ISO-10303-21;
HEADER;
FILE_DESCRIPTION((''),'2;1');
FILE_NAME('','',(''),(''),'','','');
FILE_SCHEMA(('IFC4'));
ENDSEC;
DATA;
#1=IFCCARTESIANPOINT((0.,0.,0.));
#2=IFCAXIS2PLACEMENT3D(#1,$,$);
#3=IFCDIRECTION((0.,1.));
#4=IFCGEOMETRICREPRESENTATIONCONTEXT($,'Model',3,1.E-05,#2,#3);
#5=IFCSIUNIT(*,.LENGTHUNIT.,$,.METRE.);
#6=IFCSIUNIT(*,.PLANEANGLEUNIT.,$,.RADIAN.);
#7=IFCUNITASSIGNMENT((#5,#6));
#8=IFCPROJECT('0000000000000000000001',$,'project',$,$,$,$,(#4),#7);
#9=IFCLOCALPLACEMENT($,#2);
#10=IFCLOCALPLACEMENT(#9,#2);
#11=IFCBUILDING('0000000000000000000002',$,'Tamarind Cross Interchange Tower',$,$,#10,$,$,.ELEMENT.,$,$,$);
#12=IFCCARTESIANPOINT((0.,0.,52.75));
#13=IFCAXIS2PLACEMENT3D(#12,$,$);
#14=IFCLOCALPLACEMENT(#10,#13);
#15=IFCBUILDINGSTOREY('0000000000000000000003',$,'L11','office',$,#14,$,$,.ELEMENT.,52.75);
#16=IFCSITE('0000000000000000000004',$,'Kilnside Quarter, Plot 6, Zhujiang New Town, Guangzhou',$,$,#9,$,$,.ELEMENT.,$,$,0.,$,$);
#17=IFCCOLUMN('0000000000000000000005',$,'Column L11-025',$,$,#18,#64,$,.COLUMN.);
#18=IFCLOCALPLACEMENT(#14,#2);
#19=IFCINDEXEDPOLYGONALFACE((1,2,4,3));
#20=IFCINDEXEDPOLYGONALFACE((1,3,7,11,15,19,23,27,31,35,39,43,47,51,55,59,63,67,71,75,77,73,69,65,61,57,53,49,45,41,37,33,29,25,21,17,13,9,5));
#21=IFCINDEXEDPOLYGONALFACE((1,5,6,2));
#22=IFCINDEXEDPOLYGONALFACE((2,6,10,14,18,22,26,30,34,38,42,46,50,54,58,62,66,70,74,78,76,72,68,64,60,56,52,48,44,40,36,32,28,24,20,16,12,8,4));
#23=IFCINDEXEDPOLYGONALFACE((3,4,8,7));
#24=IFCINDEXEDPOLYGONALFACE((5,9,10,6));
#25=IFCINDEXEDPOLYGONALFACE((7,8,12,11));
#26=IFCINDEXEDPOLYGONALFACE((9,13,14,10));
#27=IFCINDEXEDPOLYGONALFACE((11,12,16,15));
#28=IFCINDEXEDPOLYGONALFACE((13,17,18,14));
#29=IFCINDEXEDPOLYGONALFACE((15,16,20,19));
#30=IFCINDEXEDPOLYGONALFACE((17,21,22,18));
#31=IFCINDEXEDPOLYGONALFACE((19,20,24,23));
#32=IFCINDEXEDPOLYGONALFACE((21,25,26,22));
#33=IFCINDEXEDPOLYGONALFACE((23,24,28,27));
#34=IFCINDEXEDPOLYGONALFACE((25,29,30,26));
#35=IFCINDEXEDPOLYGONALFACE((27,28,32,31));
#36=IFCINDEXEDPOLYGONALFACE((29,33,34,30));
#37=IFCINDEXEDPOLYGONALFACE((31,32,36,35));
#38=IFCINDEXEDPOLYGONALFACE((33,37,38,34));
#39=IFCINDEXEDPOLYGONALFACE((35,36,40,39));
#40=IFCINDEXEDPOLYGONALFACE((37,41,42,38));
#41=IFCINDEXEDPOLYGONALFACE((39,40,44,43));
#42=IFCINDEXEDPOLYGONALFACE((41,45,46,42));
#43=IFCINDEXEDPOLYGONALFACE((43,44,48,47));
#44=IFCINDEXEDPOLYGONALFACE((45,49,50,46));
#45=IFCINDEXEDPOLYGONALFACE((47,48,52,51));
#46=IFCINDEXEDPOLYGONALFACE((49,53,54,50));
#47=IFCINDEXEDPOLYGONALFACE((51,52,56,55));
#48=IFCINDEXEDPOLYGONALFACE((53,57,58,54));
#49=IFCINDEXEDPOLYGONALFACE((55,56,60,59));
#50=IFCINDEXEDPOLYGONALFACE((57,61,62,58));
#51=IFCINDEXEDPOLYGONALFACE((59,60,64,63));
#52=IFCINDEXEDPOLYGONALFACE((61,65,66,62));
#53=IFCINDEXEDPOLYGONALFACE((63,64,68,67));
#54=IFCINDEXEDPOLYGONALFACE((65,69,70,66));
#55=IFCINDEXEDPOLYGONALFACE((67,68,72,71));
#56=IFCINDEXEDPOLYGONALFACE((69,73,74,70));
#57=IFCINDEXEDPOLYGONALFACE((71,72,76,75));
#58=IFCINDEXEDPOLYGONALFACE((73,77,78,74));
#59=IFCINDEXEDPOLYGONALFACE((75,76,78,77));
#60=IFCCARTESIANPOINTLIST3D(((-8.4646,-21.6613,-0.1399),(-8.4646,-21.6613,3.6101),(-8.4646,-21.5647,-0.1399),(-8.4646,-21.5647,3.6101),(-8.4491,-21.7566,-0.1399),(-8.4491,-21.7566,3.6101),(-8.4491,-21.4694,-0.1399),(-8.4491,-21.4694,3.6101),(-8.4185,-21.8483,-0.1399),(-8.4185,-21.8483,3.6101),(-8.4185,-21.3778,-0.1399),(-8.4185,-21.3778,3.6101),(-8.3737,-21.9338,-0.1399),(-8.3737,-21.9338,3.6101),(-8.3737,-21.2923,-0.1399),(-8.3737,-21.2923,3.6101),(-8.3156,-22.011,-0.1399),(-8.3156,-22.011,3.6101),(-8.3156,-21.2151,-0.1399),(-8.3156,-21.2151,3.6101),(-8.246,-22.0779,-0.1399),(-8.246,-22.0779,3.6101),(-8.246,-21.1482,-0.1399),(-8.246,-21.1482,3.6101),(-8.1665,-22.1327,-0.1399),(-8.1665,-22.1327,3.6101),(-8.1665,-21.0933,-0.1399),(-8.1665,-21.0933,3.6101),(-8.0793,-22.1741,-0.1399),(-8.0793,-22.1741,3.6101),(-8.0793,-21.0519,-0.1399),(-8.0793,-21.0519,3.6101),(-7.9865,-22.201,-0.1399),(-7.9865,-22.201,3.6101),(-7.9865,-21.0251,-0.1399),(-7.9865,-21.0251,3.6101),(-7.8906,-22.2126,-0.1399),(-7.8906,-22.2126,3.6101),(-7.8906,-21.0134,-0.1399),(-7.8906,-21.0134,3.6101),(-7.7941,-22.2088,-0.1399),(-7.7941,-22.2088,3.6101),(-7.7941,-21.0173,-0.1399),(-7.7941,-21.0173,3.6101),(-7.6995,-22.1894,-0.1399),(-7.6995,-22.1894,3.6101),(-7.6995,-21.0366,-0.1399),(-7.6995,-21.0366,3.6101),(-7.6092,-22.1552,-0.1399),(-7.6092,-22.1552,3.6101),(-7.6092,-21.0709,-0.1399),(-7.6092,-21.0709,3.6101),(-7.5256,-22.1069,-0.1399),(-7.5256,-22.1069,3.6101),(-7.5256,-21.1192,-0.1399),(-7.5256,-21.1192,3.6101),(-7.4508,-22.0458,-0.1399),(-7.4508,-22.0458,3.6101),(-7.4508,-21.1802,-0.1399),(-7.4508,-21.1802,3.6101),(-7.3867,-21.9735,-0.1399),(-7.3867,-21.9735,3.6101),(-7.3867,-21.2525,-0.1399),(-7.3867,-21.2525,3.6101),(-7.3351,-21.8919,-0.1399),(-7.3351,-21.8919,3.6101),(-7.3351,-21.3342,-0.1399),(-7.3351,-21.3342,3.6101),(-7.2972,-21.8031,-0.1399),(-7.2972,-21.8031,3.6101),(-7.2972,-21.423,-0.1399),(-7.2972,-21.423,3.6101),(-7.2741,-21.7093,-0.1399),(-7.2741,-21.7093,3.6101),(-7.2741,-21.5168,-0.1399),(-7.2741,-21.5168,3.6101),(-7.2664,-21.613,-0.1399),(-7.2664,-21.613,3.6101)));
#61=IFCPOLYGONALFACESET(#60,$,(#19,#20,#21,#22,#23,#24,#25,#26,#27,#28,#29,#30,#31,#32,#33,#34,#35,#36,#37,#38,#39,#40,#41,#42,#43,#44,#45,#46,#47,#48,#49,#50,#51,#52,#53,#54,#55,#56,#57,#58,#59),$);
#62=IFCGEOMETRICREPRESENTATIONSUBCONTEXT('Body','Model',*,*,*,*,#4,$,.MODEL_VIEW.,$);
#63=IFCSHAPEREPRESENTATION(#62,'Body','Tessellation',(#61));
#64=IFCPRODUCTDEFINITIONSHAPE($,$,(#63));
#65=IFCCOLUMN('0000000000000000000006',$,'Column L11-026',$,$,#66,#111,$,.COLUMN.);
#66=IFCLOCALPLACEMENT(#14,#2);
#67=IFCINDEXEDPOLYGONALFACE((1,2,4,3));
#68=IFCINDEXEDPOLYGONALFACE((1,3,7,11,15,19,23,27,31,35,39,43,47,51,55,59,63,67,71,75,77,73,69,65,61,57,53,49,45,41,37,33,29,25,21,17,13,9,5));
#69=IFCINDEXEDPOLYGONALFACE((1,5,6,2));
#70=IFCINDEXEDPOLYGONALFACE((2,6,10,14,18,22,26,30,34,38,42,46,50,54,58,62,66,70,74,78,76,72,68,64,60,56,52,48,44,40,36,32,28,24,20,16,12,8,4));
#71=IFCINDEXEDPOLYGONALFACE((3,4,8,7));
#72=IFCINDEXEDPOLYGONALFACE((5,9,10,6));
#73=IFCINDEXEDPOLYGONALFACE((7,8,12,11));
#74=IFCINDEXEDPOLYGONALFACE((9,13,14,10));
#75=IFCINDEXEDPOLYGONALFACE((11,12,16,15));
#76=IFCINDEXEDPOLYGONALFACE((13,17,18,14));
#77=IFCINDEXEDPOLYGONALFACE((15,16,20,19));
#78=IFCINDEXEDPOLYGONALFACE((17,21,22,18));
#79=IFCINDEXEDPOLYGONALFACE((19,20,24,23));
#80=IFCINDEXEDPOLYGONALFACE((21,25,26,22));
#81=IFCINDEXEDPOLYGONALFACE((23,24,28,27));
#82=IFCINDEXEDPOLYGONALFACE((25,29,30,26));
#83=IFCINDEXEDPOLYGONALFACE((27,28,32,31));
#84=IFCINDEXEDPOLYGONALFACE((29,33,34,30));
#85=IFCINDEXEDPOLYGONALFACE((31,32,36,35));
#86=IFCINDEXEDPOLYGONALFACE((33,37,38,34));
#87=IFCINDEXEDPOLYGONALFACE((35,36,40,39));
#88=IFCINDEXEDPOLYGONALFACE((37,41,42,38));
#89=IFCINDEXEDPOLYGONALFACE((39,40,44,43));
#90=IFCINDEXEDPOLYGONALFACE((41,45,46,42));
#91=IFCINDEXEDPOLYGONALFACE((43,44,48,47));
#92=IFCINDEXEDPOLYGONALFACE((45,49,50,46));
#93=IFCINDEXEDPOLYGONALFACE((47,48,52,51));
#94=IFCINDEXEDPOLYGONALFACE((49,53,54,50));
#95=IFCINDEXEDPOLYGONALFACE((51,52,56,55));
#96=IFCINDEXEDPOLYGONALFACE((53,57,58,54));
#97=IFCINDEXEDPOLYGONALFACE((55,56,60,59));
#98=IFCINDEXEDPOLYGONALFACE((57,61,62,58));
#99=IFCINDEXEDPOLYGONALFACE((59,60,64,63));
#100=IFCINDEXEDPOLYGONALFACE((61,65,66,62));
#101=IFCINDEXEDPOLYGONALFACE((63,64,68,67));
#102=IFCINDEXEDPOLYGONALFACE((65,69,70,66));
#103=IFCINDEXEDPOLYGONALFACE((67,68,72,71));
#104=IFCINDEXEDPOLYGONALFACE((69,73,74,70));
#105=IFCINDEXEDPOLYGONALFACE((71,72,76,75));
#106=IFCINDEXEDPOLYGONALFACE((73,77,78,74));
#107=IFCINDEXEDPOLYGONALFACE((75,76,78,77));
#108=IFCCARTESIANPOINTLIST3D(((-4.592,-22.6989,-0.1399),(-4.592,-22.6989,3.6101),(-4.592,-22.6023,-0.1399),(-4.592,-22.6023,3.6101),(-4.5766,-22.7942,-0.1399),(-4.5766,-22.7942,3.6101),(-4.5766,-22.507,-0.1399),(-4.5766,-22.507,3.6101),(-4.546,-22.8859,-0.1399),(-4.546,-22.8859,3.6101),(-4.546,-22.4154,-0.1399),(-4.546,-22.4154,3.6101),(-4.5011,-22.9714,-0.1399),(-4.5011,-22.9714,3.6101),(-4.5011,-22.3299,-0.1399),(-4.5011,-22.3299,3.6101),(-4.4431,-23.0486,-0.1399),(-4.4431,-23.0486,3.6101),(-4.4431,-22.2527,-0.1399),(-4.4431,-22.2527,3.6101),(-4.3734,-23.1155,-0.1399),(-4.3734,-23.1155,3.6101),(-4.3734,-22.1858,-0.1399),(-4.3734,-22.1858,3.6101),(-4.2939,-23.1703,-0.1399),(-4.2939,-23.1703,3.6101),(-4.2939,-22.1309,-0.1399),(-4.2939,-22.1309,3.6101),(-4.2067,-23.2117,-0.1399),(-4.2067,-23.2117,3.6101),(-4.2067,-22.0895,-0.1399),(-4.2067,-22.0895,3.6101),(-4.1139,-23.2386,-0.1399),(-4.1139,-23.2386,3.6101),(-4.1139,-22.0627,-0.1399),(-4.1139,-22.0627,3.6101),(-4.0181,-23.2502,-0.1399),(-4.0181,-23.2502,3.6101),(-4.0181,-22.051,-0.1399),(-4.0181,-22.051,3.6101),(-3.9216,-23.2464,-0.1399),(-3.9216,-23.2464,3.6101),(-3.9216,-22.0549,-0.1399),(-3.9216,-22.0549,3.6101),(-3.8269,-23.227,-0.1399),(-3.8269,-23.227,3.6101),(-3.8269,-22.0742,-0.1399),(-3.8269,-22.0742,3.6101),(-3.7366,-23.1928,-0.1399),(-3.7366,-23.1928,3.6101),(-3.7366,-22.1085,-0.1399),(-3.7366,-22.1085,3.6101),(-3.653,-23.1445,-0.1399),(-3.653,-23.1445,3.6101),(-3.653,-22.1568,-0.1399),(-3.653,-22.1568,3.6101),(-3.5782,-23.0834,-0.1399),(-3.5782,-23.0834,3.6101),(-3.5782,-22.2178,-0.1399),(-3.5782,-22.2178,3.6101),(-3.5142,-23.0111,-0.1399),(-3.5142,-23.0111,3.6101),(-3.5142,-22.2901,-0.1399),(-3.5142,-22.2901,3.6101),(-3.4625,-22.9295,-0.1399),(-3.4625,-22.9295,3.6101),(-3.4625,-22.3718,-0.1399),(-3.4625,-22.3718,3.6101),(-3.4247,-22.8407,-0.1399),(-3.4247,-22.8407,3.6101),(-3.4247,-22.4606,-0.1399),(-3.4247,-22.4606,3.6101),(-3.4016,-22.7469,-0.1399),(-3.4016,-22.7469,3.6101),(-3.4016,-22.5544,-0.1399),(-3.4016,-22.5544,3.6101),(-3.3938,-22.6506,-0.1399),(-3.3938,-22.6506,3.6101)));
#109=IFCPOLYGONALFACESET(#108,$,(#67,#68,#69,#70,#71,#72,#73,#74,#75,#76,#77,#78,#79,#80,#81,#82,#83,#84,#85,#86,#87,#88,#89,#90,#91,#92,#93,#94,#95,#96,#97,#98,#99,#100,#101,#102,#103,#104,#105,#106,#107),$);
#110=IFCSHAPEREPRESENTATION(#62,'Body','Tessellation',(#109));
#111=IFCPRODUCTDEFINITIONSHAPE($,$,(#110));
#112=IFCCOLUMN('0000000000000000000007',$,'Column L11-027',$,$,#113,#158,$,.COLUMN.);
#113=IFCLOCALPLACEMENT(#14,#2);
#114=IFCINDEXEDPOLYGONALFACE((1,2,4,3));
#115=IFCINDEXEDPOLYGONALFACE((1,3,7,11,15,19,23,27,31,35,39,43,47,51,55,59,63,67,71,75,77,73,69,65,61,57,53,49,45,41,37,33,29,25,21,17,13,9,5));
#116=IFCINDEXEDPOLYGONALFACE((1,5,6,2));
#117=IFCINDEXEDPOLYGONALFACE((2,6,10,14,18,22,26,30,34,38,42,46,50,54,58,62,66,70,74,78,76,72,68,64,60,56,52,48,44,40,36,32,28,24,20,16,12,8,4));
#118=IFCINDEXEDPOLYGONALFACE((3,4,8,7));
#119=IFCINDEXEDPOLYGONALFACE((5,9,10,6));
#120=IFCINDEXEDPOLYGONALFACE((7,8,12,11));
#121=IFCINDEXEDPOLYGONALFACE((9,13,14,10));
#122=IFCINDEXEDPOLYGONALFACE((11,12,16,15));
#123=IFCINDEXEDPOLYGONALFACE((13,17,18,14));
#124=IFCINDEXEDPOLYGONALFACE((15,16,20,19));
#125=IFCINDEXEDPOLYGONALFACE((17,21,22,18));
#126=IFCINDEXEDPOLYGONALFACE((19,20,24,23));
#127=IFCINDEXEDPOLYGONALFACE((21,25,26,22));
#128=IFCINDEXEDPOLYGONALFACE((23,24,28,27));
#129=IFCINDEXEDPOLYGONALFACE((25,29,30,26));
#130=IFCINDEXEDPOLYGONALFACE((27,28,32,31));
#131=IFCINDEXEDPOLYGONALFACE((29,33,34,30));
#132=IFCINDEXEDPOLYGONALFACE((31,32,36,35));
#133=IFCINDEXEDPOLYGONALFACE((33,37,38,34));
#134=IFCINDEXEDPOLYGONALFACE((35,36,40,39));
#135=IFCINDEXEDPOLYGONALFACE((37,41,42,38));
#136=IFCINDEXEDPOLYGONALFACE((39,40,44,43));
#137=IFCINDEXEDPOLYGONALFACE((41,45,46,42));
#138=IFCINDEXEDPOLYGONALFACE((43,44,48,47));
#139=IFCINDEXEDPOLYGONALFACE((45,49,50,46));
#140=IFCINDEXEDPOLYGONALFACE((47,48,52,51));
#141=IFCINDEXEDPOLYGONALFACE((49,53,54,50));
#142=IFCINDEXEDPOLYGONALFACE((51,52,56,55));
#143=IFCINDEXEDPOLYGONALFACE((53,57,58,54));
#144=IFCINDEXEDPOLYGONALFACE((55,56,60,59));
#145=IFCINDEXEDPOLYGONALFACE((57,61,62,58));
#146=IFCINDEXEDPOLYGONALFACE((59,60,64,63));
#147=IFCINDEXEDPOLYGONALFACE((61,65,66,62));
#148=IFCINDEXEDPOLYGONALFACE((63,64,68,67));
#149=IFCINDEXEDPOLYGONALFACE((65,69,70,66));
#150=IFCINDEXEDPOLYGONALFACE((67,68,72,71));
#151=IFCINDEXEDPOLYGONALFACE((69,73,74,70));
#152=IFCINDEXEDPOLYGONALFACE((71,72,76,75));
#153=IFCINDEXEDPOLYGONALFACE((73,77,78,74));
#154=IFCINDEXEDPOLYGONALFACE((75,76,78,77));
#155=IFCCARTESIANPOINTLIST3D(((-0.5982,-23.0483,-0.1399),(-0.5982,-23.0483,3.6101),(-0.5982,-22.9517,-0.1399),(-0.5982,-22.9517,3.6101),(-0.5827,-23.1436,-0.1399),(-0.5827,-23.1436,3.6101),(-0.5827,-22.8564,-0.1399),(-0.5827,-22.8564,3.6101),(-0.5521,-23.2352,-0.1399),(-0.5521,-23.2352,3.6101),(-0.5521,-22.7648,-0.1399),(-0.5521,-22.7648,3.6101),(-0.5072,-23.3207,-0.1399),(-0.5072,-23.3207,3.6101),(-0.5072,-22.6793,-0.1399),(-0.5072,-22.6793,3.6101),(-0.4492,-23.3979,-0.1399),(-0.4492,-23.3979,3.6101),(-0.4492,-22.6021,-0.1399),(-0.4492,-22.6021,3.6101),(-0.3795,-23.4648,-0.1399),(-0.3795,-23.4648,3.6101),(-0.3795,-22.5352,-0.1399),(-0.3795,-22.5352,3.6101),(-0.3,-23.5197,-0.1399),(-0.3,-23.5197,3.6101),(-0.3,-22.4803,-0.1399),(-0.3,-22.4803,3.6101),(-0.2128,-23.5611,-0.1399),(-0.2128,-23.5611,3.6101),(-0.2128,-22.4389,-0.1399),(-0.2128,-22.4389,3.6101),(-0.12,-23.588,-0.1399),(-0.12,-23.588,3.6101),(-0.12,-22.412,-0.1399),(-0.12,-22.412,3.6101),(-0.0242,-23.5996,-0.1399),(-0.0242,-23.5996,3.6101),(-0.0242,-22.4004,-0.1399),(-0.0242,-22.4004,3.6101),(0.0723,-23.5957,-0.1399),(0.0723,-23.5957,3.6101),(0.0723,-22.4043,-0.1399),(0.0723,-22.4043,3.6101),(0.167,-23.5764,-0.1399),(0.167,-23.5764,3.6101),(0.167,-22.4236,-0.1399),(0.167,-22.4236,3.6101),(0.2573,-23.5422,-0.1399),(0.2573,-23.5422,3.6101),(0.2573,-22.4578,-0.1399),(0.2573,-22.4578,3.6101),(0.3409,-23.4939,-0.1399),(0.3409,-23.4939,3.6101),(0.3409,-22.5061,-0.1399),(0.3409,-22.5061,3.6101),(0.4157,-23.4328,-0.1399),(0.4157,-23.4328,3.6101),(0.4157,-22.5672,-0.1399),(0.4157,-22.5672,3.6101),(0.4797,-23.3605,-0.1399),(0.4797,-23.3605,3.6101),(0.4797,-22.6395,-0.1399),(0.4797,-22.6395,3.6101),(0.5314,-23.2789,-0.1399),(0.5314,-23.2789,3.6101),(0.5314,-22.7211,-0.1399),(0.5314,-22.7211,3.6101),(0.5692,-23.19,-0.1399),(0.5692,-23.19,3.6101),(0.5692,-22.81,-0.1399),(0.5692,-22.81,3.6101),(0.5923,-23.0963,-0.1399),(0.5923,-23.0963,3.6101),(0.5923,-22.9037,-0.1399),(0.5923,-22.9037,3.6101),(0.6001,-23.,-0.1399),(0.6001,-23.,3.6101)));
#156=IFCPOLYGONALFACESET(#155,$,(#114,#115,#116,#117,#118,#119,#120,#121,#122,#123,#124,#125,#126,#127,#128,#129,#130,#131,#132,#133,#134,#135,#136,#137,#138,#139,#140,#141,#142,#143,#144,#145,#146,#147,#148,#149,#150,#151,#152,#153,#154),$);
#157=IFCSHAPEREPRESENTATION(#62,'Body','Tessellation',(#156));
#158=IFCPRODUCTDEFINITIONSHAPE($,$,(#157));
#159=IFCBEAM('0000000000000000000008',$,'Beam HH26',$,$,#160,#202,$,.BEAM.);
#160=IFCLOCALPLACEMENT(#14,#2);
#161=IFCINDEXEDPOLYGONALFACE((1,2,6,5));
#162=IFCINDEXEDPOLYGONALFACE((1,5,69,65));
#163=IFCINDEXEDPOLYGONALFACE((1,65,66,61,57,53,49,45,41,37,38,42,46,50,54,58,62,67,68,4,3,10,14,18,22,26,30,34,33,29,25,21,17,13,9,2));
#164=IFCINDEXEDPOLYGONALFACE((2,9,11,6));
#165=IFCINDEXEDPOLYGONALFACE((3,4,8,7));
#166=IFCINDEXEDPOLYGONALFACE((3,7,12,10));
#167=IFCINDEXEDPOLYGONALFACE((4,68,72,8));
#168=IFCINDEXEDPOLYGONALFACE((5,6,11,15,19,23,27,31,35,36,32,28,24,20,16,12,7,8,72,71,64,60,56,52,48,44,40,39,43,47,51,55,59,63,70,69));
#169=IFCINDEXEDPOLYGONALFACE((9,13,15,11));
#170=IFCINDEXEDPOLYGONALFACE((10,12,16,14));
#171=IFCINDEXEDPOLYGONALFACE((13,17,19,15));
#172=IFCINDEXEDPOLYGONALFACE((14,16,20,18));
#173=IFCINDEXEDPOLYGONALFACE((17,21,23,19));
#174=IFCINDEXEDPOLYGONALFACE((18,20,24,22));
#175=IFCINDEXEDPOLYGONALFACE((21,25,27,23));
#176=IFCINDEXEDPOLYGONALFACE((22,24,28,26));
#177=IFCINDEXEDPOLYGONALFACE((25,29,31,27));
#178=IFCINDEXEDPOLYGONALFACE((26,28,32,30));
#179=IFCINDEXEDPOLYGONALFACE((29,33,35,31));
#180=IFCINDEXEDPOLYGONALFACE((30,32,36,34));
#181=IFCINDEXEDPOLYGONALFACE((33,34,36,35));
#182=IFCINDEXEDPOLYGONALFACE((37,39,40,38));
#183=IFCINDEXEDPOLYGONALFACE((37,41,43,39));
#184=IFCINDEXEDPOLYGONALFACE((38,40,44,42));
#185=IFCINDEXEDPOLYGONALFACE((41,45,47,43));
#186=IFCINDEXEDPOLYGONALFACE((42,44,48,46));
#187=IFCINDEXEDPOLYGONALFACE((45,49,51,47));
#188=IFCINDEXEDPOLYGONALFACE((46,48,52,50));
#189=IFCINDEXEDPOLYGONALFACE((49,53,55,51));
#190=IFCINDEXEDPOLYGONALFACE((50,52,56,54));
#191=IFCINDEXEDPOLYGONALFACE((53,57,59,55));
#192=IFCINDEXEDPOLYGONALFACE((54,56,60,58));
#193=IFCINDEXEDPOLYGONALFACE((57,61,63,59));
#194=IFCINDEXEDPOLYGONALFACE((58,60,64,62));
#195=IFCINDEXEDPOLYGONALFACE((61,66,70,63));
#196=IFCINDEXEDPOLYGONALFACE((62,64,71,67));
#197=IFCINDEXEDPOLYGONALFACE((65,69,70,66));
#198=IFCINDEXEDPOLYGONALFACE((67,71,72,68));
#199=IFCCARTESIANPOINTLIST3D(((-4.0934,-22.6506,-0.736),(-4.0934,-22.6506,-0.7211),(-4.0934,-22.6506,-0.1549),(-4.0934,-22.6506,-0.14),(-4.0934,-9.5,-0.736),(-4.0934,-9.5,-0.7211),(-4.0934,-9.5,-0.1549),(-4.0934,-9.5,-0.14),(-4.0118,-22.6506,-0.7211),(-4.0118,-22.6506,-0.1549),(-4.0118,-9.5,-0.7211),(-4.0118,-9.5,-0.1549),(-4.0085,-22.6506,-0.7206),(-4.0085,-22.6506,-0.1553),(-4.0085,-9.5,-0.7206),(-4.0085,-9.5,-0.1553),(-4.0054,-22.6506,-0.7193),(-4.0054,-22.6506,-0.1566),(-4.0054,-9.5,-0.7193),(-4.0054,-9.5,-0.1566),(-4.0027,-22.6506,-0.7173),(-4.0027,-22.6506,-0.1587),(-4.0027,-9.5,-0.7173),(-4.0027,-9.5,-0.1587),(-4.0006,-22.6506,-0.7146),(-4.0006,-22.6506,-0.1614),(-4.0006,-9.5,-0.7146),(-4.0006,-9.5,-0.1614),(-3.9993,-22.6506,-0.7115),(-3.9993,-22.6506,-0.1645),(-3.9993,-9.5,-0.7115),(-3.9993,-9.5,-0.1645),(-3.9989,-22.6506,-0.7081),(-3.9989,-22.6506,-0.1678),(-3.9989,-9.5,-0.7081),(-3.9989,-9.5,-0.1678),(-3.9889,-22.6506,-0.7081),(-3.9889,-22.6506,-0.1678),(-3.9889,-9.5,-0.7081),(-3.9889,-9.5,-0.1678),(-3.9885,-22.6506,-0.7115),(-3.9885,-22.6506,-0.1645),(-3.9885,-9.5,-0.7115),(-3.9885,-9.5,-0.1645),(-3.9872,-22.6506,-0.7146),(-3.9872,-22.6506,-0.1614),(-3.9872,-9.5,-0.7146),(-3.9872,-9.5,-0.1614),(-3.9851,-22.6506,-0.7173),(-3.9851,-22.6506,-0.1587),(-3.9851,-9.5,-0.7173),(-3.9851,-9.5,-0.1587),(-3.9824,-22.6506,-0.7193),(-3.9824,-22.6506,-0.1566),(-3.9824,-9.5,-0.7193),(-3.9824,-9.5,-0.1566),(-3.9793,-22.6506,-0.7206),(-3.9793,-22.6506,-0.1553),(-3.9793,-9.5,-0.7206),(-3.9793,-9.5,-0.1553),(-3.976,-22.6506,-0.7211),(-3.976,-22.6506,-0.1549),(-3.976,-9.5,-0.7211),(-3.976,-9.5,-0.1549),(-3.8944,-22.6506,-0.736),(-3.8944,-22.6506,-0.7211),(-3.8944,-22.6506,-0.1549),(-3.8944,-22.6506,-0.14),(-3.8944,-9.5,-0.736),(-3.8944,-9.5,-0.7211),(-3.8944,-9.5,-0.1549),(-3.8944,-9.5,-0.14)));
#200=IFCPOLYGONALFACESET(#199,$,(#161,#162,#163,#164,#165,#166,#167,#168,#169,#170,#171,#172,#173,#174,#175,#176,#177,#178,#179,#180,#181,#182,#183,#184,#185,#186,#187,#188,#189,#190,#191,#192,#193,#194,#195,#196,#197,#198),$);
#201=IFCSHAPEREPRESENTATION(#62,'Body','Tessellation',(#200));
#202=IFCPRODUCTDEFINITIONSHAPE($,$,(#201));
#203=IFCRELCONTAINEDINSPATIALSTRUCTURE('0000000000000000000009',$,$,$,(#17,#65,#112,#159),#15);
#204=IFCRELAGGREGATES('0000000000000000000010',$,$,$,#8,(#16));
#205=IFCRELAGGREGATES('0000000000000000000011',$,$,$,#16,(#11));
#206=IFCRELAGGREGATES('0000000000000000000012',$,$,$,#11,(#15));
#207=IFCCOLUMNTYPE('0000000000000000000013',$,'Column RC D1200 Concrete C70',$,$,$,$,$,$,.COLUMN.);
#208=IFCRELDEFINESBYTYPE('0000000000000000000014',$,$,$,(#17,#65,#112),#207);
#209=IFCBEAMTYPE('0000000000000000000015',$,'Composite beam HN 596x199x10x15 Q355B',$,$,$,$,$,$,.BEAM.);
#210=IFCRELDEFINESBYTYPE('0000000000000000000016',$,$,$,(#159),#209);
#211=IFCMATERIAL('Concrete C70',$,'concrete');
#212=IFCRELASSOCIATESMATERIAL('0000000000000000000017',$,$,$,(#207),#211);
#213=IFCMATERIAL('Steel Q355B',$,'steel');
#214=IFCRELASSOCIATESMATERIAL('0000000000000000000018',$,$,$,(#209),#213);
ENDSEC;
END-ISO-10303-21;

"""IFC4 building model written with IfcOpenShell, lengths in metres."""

from ifc_helpers import new_model, si_unit, direction, frame, origin, origin_2d, place, context, subcontext, project, spatial, circle, i_section, extrude, material, material_profile, profile_set, type_object, element, save


model = new_model("IFC4")

# Units and contexts
model_context = context("Model", 3, precision=1e-05, world=origin(), true_north=direction((0.0, 1.0)))
body_context = subcontext(model_context, "Body", "Model", "MODEL_VIEW")
ifc_project = project(units=[si_unit("LENGTHUNIT", "METRE"), si_unit("PLANEANGLEUNIT", "RADIAN")], contexts=[model_context])

# Site, building, storey
site_placement = place(None, origin())
site = spatial("IfcSite", under=ifc_project, at=site_placement, Name="Kilnside Quarter, Plot 6, Zhujiang New Town, Guangzhou", CompositionType="ELEMENT", RefElevation=0.0)
building_placement = place(site_placement, origin())
building = spatial("IfcBuilding", under=site, at=building_placement, Name="Tamarind Cross Interchange Tower", CompositionType="ELEMENT")
storey_placement = place(building_placement, frame((0.0, 0.0, 52.75)))
storey = spatial("IfcBuildingStorey", under=building, at=storey_placement, Name="L11", Description="office", CompositionType="ELEMENT", Elevation=52.75)

# Columns
ifc_material_1 = material(Name="Concrete C70", Category="concrete")
ifc_material_profile_1 = material_profile(ifc_material_1, circle(Radius=0.6001, at=origin_2d()), Name="RC D1200")
ifc_profile_set_1 = profile_set([ifc_material_profile_1], Name="Concrete C70")
column_type = type_object("IfcColumnType", Name="Column RC D1200 Concrete C70", PredefinedType="COLUMN", material=ifc_profile_set_1)
for number, where, z_axis, x_axis, name in (
    (1, (-7.8665, -21.613, -0.1399), (0.0, 0.0, 1.0), (1.0, 0.0, 0.0), "Column L11-025"),
    (2, (-3.9939, -22.6506, -0.1399), (0.0, 0.0, 1.0), (1.0, 0.0, 0.0), "Column L11-026"),
    (3, (0.0, -23.0, -0.1399), (0.0, 0.0, 1.0), (1.0, 0.0, 0.0), "Column L11-027"),
):
    element("IfcColumn", number, at=place(storey_placement, frame(where, z_axis=z_axis, x_axis=x_axis)), inside=storey, type_object=column_type, Name=name, PredefinedType="COLUMN", context=body_context, shape_type="SweptSolid", body=[
        extrude(circle(Radius=0.6001, at=origin_2d()), origin(), (0.0, 0.0, 1.0), 3.75),
    ])

# Beam
ifc_material_2 = material(Name="Steel Q355B", Category="steel")
ifc_material_profile_2 = material_profile(ifc_material_2, i_section(OverallWidth=0.199, OverallDepth=0.5959, WebThickness=0.01, FlangeThickness=0.0149, FilletRadius=0.0129, at=origin_2d()), Name="HN 596x199x10x15")
ifc_profile_set_2 = profile_set([ifc_material_profile_2], Name="Steel Q355B")
beam_type_1 = type_object("IfcBeamType", Name="Composite beam HN 596x199x10x15 Q355B", PredefinedType="BEAM", material=ifc_profile_set_2)
beam_1_placement = place(storey_placement, frame((-3.9939, -22.6506, -0.438), z_axis=(0.0, 1.0, 0.0), x_axis=(-1.0, 0.0, 0.0)))
element("IfcBeam", 4, at=beam_1_placement, inside=storey, type_object=beam_type_1, Name="Beam HH26", PredefinedType="BEAM", context=body_context, shape_type="SweptSolid", body=[
    extrude(i_section(OverallWidth=0.199, OverallDepth=0.5959, WebThickness=0.01, FlangeThickness=0.0149, FilletRadius=0.0129, at=origin_2d()), origin(), (0.0, 0.0, 1.0), 13.1506),
])

save(model, "model.ifc")
